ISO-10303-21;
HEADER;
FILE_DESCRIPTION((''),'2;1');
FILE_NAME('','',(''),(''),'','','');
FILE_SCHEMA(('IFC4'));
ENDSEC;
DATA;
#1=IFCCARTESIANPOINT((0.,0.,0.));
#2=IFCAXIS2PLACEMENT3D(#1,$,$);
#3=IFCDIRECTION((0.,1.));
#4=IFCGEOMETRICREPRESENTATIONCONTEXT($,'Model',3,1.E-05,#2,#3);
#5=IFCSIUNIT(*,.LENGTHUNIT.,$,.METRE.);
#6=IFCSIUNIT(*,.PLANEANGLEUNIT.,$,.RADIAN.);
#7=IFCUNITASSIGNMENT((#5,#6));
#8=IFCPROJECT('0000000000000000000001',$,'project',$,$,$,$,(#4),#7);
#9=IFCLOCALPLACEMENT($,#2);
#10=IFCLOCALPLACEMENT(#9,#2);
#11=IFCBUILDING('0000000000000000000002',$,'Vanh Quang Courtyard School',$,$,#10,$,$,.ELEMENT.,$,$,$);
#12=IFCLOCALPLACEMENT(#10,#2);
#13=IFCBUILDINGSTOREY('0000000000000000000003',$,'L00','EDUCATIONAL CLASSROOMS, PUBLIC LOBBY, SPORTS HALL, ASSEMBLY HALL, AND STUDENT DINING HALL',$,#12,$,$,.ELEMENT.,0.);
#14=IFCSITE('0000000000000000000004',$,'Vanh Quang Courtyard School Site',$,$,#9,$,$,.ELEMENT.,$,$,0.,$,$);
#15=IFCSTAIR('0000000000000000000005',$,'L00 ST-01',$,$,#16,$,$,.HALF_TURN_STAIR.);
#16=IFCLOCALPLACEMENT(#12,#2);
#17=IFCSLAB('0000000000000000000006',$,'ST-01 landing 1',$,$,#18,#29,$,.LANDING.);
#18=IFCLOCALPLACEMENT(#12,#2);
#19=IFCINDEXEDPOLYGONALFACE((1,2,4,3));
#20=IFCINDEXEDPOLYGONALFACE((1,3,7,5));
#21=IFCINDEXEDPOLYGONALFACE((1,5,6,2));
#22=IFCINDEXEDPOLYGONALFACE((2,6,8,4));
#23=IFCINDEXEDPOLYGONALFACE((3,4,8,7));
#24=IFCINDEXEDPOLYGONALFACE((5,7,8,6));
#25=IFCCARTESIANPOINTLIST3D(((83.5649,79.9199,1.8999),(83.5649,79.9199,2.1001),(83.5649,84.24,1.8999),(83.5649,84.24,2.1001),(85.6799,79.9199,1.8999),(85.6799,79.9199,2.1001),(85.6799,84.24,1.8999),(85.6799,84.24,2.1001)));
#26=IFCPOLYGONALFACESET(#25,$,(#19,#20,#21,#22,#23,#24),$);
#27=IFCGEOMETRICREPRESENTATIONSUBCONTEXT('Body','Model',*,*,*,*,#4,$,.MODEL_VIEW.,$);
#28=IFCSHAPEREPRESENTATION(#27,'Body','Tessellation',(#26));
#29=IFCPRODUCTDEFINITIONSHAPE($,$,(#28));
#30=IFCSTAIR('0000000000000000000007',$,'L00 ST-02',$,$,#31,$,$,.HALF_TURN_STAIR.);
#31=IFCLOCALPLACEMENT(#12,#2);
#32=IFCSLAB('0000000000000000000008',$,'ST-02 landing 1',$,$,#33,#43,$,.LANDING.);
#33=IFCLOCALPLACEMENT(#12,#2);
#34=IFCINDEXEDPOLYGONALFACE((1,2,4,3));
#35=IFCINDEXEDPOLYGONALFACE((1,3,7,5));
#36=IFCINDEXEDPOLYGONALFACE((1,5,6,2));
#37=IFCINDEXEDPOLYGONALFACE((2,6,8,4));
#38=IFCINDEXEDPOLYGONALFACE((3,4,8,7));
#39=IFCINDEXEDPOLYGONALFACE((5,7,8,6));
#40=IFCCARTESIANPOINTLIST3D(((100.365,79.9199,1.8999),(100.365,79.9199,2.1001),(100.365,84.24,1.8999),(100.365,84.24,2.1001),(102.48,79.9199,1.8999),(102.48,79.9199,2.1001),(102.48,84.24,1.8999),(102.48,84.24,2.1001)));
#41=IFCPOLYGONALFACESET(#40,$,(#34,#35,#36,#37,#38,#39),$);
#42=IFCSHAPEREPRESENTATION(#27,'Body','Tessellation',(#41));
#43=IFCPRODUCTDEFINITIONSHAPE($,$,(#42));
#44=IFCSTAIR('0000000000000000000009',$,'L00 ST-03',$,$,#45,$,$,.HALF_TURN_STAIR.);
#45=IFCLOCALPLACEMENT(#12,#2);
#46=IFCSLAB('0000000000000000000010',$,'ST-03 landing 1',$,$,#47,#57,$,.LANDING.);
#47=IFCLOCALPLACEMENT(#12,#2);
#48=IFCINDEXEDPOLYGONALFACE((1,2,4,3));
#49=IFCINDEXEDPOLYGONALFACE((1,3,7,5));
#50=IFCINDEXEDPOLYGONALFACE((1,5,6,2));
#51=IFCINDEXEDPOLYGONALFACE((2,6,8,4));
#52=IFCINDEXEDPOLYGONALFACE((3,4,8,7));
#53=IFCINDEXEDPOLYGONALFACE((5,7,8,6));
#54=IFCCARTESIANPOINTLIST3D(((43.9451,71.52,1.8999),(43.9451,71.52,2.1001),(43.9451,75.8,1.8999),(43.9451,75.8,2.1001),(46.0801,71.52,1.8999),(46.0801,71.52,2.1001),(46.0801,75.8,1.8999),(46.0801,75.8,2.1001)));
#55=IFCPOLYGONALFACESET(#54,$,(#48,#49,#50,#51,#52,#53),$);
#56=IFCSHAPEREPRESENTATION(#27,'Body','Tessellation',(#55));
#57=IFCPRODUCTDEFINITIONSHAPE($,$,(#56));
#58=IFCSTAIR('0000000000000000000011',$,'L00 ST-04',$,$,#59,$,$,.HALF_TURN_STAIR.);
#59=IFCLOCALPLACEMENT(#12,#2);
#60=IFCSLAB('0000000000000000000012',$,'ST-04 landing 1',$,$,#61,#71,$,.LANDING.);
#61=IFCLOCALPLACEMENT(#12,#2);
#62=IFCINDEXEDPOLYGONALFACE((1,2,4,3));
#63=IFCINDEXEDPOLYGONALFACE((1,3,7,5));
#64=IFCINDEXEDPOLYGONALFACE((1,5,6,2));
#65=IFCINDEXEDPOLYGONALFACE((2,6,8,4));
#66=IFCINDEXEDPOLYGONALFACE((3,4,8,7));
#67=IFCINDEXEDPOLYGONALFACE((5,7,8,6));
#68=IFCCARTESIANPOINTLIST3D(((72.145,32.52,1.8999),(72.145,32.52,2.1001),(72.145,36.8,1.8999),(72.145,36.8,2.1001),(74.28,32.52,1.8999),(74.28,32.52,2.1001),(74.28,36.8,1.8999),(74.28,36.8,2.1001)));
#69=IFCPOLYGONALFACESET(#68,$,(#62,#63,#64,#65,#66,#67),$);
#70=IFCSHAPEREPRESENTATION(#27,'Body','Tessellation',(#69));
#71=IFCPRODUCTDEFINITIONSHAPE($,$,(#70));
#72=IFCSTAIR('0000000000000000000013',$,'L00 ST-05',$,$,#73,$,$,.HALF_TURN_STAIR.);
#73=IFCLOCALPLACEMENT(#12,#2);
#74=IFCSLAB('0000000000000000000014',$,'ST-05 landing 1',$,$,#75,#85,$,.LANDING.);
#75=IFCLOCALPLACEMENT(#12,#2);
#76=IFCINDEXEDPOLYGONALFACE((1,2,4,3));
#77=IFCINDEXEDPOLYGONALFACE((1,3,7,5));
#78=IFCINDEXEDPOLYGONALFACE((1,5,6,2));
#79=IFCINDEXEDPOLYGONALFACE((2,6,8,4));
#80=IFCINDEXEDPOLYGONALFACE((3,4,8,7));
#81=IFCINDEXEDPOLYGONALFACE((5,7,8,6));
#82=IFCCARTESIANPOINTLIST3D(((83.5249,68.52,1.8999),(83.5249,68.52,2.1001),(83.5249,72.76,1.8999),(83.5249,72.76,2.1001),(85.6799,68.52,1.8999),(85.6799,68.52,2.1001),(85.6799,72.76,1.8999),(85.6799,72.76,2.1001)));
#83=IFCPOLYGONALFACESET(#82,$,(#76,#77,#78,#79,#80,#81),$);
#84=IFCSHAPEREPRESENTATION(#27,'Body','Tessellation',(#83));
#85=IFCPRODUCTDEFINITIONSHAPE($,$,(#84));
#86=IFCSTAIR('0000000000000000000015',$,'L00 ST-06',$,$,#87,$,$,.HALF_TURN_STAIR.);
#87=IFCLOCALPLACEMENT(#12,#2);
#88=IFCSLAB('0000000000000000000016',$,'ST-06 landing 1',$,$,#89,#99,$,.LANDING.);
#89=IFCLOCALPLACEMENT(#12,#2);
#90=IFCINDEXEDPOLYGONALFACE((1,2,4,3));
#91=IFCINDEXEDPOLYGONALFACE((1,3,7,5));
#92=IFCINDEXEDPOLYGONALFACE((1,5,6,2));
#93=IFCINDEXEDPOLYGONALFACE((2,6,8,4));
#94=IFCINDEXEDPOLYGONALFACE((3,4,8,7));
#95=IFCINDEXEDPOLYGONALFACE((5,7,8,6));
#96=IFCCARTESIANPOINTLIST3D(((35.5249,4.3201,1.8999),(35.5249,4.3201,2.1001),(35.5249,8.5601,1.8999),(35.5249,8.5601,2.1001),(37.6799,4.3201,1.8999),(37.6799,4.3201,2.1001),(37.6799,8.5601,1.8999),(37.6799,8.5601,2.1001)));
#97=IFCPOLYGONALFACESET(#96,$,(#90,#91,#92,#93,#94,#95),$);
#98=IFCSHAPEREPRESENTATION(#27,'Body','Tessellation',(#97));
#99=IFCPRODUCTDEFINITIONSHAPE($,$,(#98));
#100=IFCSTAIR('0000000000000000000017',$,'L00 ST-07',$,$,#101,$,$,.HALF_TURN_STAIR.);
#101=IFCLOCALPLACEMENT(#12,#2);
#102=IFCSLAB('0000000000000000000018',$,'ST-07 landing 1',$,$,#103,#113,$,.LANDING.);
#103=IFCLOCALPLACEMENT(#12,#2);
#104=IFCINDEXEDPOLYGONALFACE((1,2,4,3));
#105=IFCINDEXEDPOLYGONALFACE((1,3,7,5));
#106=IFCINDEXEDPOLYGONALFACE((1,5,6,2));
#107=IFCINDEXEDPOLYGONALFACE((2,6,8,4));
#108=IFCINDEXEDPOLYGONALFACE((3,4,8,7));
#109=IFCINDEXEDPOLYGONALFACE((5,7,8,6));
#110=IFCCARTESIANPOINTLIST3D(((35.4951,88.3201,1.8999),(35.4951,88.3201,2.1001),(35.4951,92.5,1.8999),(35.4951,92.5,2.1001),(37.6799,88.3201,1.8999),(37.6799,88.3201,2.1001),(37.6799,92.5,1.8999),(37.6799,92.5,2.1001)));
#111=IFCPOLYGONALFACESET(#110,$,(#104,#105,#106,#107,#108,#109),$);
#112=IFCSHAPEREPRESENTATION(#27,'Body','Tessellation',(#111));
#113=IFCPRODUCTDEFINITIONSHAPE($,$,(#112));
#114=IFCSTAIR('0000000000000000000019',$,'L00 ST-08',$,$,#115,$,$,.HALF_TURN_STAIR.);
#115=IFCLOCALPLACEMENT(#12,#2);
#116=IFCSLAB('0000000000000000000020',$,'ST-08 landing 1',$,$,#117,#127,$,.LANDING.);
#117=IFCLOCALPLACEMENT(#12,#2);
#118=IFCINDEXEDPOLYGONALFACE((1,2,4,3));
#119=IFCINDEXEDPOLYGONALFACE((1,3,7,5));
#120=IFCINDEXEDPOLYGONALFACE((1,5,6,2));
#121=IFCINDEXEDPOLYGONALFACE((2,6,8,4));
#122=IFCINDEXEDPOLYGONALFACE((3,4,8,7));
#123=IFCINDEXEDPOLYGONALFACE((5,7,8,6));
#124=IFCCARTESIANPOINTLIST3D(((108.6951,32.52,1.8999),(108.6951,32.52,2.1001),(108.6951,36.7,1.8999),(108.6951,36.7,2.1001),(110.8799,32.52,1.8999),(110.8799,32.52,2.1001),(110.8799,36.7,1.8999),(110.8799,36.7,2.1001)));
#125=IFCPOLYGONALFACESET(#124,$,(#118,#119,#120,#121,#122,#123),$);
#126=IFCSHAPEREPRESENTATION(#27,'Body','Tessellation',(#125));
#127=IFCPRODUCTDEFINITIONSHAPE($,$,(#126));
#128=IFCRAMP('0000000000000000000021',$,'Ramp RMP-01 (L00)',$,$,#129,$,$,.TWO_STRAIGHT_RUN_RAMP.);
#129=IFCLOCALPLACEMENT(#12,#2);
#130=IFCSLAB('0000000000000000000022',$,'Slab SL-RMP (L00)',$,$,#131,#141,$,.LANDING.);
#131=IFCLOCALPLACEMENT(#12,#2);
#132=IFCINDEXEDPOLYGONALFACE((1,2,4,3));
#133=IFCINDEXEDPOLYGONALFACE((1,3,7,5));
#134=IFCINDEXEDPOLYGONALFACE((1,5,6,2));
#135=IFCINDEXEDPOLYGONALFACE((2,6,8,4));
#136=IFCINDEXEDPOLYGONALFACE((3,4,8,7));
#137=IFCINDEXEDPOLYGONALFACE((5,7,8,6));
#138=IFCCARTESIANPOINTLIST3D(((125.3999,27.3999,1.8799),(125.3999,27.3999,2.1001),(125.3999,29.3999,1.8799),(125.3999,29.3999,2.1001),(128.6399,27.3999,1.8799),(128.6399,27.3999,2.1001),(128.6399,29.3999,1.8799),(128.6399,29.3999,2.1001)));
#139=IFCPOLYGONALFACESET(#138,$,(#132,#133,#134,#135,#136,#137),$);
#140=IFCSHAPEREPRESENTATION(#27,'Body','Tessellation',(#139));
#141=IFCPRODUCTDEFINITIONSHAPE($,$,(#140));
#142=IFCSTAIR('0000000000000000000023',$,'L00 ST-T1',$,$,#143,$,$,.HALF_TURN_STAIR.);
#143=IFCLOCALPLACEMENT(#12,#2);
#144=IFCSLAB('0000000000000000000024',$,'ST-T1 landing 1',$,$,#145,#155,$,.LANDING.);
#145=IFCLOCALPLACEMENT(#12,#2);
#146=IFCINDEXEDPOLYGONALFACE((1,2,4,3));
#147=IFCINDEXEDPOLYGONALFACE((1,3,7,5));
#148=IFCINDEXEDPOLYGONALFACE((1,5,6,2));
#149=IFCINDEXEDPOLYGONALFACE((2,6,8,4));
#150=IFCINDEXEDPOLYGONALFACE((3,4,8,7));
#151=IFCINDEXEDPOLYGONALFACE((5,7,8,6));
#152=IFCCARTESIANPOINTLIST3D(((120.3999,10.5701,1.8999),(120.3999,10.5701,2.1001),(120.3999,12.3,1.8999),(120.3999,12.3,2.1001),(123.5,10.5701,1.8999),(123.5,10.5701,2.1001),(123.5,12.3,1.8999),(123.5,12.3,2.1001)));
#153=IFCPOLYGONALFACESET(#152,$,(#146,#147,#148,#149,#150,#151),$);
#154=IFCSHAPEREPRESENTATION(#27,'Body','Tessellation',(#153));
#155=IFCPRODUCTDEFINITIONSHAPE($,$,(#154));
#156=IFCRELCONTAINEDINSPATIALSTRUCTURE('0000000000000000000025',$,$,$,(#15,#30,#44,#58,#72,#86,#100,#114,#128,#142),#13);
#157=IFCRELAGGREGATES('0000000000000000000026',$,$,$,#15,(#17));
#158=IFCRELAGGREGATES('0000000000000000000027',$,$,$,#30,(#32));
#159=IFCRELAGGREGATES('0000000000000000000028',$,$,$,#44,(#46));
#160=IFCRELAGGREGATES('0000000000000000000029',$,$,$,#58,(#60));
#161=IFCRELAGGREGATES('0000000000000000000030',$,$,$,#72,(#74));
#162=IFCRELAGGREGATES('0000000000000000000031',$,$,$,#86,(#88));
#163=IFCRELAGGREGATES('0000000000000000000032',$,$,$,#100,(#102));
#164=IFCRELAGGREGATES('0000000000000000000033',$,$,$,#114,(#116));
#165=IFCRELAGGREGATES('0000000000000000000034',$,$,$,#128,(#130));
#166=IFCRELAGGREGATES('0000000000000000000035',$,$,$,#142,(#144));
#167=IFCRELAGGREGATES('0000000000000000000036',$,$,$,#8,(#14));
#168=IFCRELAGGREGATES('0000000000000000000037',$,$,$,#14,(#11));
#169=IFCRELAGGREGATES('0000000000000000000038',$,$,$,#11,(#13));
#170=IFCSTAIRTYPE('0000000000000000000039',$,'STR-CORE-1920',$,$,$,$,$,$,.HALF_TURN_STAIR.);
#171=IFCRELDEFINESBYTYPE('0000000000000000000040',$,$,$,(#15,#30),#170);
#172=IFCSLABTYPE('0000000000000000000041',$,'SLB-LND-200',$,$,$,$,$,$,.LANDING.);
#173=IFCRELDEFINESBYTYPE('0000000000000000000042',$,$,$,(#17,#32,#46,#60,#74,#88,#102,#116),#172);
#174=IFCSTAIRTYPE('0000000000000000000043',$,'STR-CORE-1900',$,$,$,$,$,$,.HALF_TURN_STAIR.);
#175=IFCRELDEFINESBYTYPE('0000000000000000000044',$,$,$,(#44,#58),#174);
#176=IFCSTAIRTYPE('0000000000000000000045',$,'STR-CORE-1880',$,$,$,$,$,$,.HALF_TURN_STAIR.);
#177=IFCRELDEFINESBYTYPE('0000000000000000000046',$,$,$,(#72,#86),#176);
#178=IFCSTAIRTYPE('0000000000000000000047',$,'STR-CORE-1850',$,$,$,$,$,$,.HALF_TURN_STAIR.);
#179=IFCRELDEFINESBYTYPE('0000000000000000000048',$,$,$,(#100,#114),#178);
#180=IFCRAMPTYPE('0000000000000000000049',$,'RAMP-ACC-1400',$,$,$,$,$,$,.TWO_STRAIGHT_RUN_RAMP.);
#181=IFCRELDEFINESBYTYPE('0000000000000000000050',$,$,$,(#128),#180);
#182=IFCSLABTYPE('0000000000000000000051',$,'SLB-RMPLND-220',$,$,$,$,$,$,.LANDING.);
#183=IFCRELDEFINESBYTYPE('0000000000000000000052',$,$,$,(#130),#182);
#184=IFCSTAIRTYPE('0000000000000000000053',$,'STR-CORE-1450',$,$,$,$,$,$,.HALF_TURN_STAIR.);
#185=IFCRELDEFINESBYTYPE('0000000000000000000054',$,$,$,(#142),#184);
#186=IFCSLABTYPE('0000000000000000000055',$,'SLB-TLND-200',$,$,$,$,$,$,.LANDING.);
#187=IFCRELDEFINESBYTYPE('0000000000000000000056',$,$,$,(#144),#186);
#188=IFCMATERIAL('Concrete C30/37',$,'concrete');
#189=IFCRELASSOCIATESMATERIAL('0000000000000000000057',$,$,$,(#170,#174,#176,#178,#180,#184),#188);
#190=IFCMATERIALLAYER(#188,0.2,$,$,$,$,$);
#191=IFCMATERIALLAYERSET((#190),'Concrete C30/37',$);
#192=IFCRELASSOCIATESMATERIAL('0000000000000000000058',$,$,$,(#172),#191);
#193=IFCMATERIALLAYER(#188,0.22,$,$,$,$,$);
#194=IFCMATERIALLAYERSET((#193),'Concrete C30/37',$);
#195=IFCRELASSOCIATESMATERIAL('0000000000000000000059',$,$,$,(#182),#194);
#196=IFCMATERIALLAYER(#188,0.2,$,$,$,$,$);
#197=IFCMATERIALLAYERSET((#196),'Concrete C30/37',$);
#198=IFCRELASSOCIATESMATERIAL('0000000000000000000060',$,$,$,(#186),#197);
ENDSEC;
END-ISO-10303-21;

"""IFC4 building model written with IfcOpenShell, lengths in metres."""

from ifc_helpers import new_model, si_unit, direction, frame, origin, place, context, subcontext, project, spatial, polyline, outline, extrude, material, layer, layer_set, type_object, element, aggregate, save


model = new_model("IFC4")

# Units and contexts
model_context = context("Model", 3, precision=1e-05, world=origin(), true_north=direction((0.0, 1.0)))
body_context = subcontext(model_context, "Body", "Model", "MODEL_VIEW")
ifc_project = project(units=[si_unit("LENGTHUNIT", "METRE"), si_unit("PLANEANGLEUNIT", "RADIAN")], contexts=[model_context])

# Site, building, storey
site_placement = place(None, origin())
site = spatial("IfcSite", under=ifc_project, at=site_placement, Name="Vanh Quang Courtyard School Site", CompositionType="ELEMENT", RefElevation=0.0)
building_placement = place(site_placement, origin())
building = spatial("IfcBuilding", under=site, at=building_placement, Name="Vanh Quang Courtyard School", CompositionType="ELEMENT")
storey_placement = place(building_placement, origin())
storey = spatial("IfcBuildingStorey", under=building, at=storey_placement, Name="L00", Description="EDUCATIONAL CLASSROOMS, PUBLIC LOBBY, SPORTS HALL, ASSEMBLY HALL, AND STUDENT DINING HALL", CompositionType="ELEMENT", Elevation=0.0)

# Stairs, slabs
ifc_material_1 = material(Name="Concrete C30/37", Category="concrete")
stair_type_1 = type_object("IfcStairType", Name="STR-CORE-1920", PredefinedType="HALF_TURN_STAIR", material=ifc_material_1)
stair_1_placement = place(storey_placement, origin())
stair_1 = element("IfcStair", 1, at=stair_1_placement, inside=storey, type_object=stair_type_1, Name="L00 ST-01", PredefinedType="HALF_TURN_STAIR")
ifc_layer_1 = layer(ifc_material_1, 0.2)
ifc_layer_set_1 = layer_set([ifc_layer_1], Name="Concrete C30/37")
slab_type_1 = type_object("IfcSlabType", Name="SLB-LND-200", PredefinedType="LANDING", material=ifc_layer_set_1)
slab_1_placement = place(storey_placement, frame((0.0, 0.0, 1.8999)))
slab_1 = element("IfcSlab", 2, at=slab_1_placement, type_object=slab_type_1, Name="ST-01 landing 1", PredefinedType="LANDING", context=body_context, shape_type="SweptSolid", body=[
    extrude(outline(polyline([(83.5649, 79.9199), (85.6799, 79.9199), (85.6799, 84.24), (83.5649, 84.24), (83.5649, 79.9199)])), origin(), (0.0, 0.0, 1.0), 0.2002),
])
aggregate(stair_1, [slab_1])
stair_2_placement = place(storey_placement, origin())
stair_2 = element("IfcStair", 3, at=stair_2_placement, inside=storey, type_object=stair_type_1, Name="L00 ST-02", PredefinedType="HALF_TURN_STAIR")
slab_2_placement = place(storey_placement, frame((0.0, 0.0, 1.8999)))
slab_2 = element("IfcSlab", 4, at=slab_2_placement, type_object=slab_type_1, Name="ST-02 landing 1", PredefinedType="LANDING", context=body_context, shape_type="SweptSolid", body=[
    extrude(outline(polyline([(100.365, 79.9199), (102.48, 79.9199), (102.48, 84.24), (100.365, 84.24), (100.365, 79.9199)])), origin(), (0.0, 0.0, 1.0), 0.2002),
])
aggregate(stair_2, [slab_2])
stair_type_2 = type_object("IfcStairType", Name="STR-CORE-1900", PredefinedType="HALF_TURN_STAIR", material=ifc_material_1)
stair_3_placement = place(storey_placement, origin())
stair_3 = element("IfcStair", 5, at=stair_3_placement, inside=storey, type_object=stair_type_2, Name="L00 ST-03", PredefinedType="HALF_TURN_STAIR")
slab_3_placement = place(storey_placement, frame((0.0, 0.0, 1.8999)))
slab_3 = element("IfcSlab", 6, at=slab_3_placement, type_object=slab_type_1, Name="ST-03 landing 1", PredefinedType="LANDING", context=body_context, shape_type="SweptSolid", body=[
    extrude(outline(polyline([(43.9451, 71.52), (46.0801, 71.52), (46.0801, 75.8), (43.9451, 75.8), (43.9451, 71.52)])), origin(), (0.0, 0.0, 1.0), 0.2002),
])
aggregate(stair_3, [slab_3])
stair_4_placement = place(storey_placement, origin())
stair_4 = element("IfcStair", 7, at=stair_4_placement, inside=storey, type_object=stair_type_2, Name="L00 ST-04", PredefinedType="HALF_TURN_STAIR")
slab_4_placement = place(storey_placement, frame((0.0, 0.0, 1.8999)))
slab_4 = element("IfcSlab", 8, at=slab_4_placement, type_object=slab_type_1, Name="ST-04 landing 1", PredefinedType="LANDING", context=body_context, shape_type="SweptSolid", body=[
    extrude(outline(polyline([(72.145, 32.52), (74.28, 32.52), (74.28, 36.8), (72.145, 36.8), (72.145, 32.52)])), origin(), (0.0, 0.0, 1.0), 0.2002),
])
aggregate(stair_4, [slab_4])
stair_type_3 = type_object("IfcStairType", Name="STR-CORE-1880", PredefinedType="HALF_TURN_STAIR", material=ifc_material_1)
stair_5_placement = place(storey_placement, origin())
stair_5 = element("IfcStair", 9, at=stair_5_placement, inside=storey, type_object=stair_type_3, Name="L00 ST-05", PredefinedType="HALF_TURN_STAIR")
slab_5_placement = place(storey_placement, frame((0.0, 0.0, 1.8999)))
slab_5 = element("IfcSlab", 10, at=slab_5_placement, type_object=slab_type_1, Name="ST-05 landing 1", PredefinedType="LANDING", context=body_context, shape_type="SweptSolid", body=[
    extrude(outline(polyline([(83.5249, 68.52), (85.6799, 68.52), (85.6799, 72.76), (83.5249, 72.76), (83.5249, 68.52)])), origin(), (0.0, 0.0, 1.0), 0.2002),
])
aggregate(stair_5, [slab_5])
stair_6_placement = place(storey_placement, origin())
stair_6 = element("IfcStair", 11, at=stair_6_placement, inside=storey, type_object=stair_type_3, Name="L00 ST-06", PredefinedType="HALF_TURN_STAIR")
slab_6_placement = place(storey_placement, frame((0.0, 0.0, 1.8999)))
slab_6 = element("IfcSlab", 12, at=slab_6_placement, type_object=slab_type_1, Name="ST-06 landing 1", PredefinedType="LANDING", context=body_context, shape_type="SweptSolid", body=[
    extrude(outline(polyline([(35.5249, 4.3201), (37.6799, 4.3201), (37.6799, 8.5601), (35.5249, 8.5601), (35.5249, 4.3201)])), origin(), (0.0, 0.0, 1.0), 0.2002),
])
aggregate(stair_6, [slab_6])
stair_type_4 = type_object("IfcStairType", Name="STR-CORE-1850", PredefinedType="HALF_TURN_STAIR", material=ifc_material_1)
stair_7_placement = place(storey_placement, origin())
stair_7 = element("IfcStair", 13, at=stair_7_placement, inside=storey, type_object=stair_type_4, Name="L00 ST-07", PredefinedType="HALF_TURN_STAIR")
slab_7_placement = place(storey_placement, frame((0.0, 0.0, 1.8999)))
slab_7 = element("IfcSlab", 14, at=slab_7_placement, type_object=slab_type_1, Name="ST-07 landing 1", PredefinedType="LANDING", context=body_context, shape_type="SweptSolid", body=[
    extrude(outline(polyline([(35.4951, 88.3201), (37.6799, 88.3201), (37.6799, 92.5), (35.4951, 92.5), (35.4951, 88.3201)])), origin(), (0.0, 0.0, 1.0), 0.2002),
])
aggregate(stair_7, [slab_7])
stair_8_placement = place(storey_placement, origin())
stair_8 = element("IfcStair", 15, at=stair_8_placement, inside=storey, type_object=stair_type_4, Name="L00 ST-08", PredefinedType="HALF_TURN_STAIR")
slab_8_placement = place(storey_placement, frame((0.0, 0.0, 1.8999)))
slab_8 = element("IfcSlab", 16, at=slab_8_placement, type_object=slab_type_1, Name="ST-08 landing 1", PredefinedType="LANDING", context=body_context, shape_type="SweptSolid", body=[
    extrude(outline(polyline([(108.6951, 32.52), (110.8799, 32.52), (110.8799, 36.7), (108.6951, 36.7), (108.6951, 32.52)])), origin(), (0.0, 0.0, 1.0), 0.2002),
])
aggregate(stair_8, [slab_8])

# Ramp, slab
ramp_type = type_object("IfcRampType", Name="RAMP-ACC-1400", PredefinedType="TWO_STRAIGHT_RUN_RAMP", material=ifc_material_1)
ramp_placement = place(storey_placement, origin())
ramp = element("IfcRamp", 17, at=ramp_placement, inside=storey, type_object=ramp_type, Name="Ramp RMP-01 (L00)", PredefinedType="TWO_STRAIGHT_RUN_RAMP")
ifc_layer_2 = layer(ifc_material_1, 0.22)
ifc_layer_set_2 = layer_set([ifc_layer_2], Name="Concrete C30/37")
slab_type_2 = type_object("IfcSlabType", Name="SLB-RMPLND-220", PredefinedType="LANDING", material=ifc_layer_set_2)
slab_9_placement = place(storey_placement, frame((0.0, 0.0, 1.8799)))
slab_9 = element("IfcSlab", 18, at=slab_9_placement, type_object=slab_type_2, Name="Slab SL-RMP (L00)", PredefinedType="LANDING", context=body_context, shape_type="SweptSolid", body=[
    extrude(outline(polyline([(128.6399, 27.3999), (128.6399, 29.3999), (125.3999, 29.3999), (125.3999, 27.3999), (128.6399, 27.3999)])), origin(), (0.0, 0.0, 1.0), 0.2202),
])
aggregate(ramp, [slab_9])

# Stair, slab
stair_type_5 = type_object("IfcStairType", Name="STR-CORE-1450", PredefinedType="HALF_TURN_STAIR", material=ifc_material_1)
stair_9_placement = place(storey_placement, origin())
stair_9 = element("IfcStair", 19, at=stair_9_placement, inside=storey, type_object=stair_type_5, Name="L00 ST-T1", PredefinedType="HALF_TURN_STAIR")
ifc_layer_3 = layer(ifc_material_1, 0.2)
ifc_layer_set_3 = layer_set([ifc_layer_3], Name="Concrete C30/37")
slab_type_3 = type_object("IfcSlabType", Name="SLB-TLND-200", PredefinedType="LANDING", material=ifc_layer_set_3)
slab_10_placement = place(storey_placement, frame((0.0, 0.0, 1.8999)))
slab_10 = element("IfcSlab", 20, at=slab_10_placement, type_object=slab_type_3, Name="ST-T1 landing 1", PredefinedType="LANDING", context=body_context, shape_type="SweptSolid", body=[
    extrude(outline(polyline([(123.5, 10.5701), (123.5, 12.3), (120.3999, 12.3), (120.3999, 10.5701), (123.5, 10.5701)])), origin(), (0.0, 0.0, 1.0), 0.2002),
])
aggregate(stair_9, [slab_10])

save(model, "model.ifc")
